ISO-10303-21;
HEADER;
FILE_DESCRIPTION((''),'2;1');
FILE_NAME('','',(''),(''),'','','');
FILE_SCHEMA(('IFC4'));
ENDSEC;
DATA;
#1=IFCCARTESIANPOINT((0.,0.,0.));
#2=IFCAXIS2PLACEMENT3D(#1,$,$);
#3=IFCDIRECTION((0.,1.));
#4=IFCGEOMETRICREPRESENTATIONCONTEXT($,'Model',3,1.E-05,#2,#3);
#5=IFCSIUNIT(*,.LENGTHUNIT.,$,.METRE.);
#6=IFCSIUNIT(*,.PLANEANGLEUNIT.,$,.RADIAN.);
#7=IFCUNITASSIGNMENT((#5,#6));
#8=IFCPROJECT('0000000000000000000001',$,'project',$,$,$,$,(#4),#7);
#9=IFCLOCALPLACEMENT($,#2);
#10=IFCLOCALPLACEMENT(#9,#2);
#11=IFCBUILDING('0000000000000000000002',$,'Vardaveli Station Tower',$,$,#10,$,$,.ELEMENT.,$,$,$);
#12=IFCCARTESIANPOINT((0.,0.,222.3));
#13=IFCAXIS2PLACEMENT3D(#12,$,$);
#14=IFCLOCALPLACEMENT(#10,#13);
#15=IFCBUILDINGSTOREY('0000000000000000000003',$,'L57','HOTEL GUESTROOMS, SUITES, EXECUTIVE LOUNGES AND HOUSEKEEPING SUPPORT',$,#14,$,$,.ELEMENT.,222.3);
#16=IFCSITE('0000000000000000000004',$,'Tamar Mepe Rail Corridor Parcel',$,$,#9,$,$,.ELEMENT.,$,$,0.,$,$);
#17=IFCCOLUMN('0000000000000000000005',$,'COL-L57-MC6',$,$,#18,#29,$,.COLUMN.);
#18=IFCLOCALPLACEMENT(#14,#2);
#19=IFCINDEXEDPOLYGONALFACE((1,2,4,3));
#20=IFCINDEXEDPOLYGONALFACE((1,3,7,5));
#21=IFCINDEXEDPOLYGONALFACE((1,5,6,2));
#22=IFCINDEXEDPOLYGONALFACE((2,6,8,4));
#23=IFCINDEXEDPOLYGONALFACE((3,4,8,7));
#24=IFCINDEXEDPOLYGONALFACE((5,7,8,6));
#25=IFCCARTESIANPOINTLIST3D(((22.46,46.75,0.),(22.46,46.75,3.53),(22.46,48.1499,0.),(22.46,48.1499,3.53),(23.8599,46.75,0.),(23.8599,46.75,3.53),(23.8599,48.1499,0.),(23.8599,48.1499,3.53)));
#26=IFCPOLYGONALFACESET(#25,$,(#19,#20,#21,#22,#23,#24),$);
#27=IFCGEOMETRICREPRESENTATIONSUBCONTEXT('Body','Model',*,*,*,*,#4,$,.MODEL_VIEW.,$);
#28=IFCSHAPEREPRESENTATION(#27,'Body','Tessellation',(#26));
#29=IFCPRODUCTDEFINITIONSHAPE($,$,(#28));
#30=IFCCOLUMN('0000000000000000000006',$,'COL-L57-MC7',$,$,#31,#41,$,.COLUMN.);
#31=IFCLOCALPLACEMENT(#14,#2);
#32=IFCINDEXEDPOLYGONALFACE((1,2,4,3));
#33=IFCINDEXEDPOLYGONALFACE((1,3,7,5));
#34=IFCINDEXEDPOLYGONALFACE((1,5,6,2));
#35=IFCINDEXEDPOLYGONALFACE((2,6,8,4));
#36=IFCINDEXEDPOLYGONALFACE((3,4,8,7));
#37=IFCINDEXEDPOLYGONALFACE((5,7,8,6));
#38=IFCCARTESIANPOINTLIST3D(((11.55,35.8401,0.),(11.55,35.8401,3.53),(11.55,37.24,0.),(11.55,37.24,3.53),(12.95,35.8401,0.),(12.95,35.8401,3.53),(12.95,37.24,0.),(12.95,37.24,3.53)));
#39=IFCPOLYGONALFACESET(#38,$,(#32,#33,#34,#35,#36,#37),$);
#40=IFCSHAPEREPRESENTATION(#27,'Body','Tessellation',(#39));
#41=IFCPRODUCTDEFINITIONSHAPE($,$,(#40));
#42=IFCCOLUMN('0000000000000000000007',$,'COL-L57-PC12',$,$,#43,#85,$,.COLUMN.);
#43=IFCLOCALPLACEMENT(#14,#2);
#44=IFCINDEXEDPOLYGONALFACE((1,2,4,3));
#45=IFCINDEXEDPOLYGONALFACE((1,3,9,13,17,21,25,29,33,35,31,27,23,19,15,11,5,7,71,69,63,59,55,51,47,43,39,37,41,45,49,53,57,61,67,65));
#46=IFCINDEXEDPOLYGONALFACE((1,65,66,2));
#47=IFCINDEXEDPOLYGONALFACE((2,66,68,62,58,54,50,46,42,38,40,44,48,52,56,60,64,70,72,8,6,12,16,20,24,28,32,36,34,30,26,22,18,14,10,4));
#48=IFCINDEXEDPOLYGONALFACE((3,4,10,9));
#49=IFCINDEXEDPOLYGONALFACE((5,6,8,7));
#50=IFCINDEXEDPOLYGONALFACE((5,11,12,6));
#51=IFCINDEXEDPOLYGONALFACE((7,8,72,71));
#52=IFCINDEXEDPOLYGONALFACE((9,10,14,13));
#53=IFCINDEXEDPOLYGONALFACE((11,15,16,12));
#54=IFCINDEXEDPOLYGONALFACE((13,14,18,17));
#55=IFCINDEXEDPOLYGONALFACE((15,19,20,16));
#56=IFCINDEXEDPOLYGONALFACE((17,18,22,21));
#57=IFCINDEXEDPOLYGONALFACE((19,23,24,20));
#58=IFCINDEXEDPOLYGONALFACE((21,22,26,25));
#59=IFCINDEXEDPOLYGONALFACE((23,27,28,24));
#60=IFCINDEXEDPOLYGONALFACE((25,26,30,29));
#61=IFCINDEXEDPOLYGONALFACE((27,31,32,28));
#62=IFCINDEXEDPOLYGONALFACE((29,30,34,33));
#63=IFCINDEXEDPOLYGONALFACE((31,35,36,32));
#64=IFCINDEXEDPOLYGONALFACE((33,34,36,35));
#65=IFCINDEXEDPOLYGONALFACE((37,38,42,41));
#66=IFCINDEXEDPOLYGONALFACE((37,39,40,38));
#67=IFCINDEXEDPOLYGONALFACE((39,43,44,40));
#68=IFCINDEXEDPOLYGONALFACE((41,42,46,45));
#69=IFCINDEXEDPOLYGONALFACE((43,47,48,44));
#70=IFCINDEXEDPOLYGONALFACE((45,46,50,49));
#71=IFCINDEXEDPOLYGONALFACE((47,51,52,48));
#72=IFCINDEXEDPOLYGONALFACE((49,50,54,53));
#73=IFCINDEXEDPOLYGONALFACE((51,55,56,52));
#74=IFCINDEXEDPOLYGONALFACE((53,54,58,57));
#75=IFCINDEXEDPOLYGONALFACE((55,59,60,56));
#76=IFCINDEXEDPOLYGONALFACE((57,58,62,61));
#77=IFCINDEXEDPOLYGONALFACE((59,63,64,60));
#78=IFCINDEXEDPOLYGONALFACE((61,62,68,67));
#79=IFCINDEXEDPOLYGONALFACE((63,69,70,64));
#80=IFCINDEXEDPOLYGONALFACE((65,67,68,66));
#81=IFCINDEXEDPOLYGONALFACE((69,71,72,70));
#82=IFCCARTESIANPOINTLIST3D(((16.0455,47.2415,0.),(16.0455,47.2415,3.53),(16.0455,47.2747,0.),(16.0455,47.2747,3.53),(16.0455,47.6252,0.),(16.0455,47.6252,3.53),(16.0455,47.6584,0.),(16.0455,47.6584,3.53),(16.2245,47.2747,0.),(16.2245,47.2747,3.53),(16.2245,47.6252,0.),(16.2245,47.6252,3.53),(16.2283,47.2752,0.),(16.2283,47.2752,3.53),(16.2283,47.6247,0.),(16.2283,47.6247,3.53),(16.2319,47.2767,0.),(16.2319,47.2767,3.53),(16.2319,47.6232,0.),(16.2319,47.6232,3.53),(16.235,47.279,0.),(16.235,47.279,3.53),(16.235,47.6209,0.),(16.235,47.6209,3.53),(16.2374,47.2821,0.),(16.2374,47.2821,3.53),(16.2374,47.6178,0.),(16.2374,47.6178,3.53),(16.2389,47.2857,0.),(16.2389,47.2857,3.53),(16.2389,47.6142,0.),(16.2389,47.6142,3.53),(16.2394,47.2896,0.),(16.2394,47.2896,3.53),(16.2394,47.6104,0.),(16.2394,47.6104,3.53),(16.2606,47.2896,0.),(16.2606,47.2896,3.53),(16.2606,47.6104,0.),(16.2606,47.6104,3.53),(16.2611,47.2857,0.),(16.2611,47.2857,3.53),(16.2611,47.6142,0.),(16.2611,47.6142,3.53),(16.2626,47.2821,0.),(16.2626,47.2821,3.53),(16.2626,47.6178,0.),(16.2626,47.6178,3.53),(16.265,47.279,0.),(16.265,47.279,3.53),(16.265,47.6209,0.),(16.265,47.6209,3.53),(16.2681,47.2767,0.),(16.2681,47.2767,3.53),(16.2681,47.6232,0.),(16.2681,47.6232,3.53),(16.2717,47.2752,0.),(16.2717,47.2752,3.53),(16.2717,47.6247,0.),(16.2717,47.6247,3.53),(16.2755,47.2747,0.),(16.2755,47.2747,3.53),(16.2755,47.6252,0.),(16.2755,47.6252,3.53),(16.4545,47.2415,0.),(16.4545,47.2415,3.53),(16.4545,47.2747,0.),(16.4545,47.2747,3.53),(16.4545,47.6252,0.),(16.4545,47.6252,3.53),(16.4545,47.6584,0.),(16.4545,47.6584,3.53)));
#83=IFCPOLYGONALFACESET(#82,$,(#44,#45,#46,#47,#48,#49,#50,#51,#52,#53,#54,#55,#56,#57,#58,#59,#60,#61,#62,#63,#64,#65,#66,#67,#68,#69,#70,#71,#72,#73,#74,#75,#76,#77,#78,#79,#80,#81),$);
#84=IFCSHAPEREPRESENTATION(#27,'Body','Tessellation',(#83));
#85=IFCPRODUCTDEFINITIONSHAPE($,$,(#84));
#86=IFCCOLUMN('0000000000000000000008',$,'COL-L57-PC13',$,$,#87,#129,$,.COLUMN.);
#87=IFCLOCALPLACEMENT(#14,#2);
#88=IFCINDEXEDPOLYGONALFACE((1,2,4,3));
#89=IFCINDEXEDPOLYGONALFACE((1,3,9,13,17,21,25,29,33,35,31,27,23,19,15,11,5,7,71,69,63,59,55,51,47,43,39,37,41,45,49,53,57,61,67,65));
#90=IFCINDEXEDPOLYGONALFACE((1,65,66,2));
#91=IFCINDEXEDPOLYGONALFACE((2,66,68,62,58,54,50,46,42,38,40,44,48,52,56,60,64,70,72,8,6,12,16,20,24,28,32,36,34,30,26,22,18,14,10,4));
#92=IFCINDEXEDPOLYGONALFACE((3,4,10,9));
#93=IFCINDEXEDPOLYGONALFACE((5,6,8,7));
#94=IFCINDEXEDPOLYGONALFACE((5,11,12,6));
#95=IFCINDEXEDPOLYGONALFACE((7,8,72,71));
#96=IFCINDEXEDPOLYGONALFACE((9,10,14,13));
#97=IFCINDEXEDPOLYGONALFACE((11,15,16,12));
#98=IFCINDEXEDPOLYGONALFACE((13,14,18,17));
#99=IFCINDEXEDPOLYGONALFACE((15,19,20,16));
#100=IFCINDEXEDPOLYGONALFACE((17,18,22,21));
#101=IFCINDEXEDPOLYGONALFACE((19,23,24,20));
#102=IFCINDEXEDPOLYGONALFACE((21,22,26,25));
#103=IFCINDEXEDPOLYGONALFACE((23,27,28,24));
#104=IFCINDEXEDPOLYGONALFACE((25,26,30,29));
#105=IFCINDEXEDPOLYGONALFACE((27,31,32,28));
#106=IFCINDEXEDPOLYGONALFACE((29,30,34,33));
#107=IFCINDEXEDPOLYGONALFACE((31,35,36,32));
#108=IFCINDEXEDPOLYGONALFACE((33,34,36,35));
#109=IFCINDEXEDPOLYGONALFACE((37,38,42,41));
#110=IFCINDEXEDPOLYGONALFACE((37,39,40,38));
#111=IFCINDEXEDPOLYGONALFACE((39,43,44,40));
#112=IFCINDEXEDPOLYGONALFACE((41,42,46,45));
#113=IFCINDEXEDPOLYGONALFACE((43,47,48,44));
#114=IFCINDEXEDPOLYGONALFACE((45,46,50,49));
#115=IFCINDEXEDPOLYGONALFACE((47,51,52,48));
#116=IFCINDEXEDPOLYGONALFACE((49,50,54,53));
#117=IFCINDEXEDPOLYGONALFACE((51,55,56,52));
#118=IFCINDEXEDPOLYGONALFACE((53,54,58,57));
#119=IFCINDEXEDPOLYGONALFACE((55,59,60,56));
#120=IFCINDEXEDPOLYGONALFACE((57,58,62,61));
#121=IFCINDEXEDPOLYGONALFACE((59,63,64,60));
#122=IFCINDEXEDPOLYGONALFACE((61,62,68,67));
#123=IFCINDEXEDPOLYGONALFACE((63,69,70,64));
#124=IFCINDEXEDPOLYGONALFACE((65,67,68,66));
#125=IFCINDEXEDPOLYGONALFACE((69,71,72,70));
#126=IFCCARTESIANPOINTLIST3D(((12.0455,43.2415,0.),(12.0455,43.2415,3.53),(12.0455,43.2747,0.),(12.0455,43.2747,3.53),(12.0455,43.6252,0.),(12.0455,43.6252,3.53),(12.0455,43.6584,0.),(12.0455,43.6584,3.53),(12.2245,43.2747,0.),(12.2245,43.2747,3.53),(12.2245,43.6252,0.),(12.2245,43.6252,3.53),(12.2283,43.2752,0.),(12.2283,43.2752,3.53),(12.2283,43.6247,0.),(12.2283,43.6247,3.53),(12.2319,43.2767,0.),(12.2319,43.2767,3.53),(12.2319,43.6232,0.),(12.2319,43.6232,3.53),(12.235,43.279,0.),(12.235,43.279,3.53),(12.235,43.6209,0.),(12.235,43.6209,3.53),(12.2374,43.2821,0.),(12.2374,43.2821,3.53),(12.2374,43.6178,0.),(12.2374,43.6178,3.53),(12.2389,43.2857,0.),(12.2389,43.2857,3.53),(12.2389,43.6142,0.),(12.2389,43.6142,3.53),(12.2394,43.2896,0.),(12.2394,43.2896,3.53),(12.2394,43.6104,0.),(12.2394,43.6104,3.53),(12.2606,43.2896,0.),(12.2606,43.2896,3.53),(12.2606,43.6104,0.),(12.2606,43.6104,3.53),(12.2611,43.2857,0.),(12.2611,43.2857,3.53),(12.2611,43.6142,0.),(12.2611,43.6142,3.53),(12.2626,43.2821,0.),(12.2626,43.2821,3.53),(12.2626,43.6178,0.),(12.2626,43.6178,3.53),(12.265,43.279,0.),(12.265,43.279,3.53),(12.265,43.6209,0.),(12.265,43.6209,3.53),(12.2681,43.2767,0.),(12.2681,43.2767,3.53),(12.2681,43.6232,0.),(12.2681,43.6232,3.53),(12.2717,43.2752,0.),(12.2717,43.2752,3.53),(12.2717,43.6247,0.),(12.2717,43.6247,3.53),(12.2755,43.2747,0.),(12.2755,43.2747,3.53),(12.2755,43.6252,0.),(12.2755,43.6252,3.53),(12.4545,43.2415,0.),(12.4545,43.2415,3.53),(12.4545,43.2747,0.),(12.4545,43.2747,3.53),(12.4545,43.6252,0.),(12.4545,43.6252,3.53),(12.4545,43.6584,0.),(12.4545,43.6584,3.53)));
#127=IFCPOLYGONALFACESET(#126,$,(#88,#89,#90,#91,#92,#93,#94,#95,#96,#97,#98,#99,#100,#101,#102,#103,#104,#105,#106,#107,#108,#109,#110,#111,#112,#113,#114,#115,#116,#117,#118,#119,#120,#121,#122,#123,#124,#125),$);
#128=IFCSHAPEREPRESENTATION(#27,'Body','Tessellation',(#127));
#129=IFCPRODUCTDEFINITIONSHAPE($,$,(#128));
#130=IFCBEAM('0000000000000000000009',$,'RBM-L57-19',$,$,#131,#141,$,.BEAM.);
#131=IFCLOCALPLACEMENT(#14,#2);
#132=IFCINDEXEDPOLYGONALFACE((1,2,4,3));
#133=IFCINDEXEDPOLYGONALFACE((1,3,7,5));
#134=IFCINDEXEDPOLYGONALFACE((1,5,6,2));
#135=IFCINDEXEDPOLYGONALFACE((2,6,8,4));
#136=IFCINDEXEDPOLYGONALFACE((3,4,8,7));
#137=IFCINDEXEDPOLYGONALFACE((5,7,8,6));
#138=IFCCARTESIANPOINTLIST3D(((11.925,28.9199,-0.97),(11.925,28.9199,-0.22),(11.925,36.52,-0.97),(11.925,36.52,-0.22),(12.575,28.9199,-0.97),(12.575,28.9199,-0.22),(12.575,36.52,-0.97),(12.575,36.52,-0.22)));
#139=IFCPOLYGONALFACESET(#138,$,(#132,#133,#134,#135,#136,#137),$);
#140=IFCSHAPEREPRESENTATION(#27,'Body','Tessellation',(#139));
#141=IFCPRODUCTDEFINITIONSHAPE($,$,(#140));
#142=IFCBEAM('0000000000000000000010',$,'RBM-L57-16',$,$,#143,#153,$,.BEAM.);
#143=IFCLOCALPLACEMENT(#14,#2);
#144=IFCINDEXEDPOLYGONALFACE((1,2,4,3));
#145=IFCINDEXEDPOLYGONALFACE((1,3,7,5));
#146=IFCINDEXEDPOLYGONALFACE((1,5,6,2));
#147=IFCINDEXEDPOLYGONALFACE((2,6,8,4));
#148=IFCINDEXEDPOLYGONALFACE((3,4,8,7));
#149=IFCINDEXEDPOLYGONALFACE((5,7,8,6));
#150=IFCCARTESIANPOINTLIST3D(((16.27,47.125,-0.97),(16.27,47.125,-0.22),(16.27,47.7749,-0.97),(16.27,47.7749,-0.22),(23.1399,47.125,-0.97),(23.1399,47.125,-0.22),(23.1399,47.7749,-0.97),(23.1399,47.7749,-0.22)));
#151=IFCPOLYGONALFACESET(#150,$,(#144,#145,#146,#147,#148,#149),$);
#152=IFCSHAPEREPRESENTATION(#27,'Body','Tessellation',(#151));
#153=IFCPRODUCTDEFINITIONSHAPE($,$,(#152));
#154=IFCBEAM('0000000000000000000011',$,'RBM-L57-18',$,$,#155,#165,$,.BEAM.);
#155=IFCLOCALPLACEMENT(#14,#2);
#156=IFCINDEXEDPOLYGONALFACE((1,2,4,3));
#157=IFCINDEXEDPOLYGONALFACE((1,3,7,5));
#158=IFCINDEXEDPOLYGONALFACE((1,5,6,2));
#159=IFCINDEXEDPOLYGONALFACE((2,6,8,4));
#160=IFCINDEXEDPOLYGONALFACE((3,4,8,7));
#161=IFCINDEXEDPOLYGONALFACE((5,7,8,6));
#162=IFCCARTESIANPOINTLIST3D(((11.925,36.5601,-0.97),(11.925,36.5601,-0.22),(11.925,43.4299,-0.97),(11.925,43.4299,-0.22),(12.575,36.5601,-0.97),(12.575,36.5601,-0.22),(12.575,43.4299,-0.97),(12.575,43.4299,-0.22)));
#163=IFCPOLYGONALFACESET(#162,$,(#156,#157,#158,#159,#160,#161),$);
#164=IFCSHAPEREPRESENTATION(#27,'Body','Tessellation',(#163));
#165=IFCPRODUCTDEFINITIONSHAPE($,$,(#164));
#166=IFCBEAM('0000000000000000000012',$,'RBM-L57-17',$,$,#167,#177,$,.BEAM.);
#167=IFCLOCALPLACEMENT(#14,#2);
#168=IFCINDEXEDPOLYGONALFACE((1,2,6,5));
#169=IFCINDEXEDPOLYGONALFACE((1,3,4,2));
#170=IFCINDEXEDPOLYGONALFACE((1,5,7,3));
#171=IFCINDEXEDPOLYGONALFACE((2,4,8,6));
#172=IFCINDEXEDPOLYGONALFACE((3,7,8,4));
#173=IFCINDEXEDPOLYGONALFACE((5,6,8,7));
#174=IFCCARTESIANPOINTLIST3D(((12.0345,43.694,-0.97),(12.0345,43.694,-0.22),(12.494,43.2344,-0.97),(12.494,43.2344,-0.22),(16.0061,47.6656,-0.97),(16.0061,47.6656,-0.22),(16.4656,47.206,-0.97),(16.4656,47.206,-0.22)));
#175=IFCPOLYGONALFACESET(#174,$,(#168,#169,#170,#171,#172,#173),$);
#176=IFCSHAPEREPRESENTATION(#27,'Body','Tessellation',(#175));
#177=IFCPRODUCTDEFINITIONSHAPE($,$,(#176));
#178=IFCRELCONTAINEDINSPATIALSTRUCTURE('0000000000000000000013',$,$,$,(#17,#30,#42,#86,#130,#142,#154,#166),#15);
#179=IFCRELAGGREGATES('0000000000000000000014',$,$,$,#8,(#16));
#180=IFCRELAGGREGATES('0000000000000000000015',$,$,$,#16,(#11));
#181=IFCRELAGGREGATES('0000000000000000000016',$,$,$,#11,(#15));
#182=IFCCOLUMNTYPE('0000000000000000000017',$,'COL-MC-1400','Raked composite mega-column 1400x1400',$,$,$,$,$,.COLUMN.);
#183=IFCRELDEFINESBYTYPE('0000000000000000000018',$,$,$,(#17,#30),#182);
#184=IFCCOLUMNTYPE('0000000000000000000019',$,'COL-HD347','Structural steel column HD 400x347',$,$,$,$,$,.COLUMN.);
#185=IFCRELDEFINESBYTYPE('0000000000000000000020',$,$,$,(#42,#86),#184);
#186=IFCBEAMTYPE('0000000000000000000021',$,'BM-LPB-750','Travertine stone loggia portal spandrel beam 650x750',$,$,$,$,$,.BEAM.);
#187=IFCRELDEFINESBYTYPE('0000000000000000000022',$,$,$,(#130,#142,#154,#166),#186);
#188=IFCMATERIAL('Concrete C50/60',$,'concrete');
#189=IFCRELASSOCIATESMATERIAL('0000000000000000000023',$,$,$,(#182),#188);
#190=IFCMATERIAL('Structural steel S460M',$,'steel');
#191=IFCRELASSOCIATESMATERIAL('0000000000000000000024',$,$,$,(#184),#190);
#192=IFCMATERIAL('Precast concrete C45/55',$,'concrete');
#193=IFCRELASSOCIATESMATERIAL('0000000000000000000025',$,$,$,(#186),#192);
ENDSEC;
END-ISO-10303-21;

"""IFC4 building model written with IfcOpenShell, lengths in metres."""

from ifc_helpers import new_model, si_unit, direction, frame, origin, origin_2d, place, context, subcontext, project, spatial, rectangle, i_section, extrude, source, transform, mapped, material, material_profile, profile_set, type_object, element, save


model = new_model("IFC4")

# Units and contexts
model_context = context("Model", 3, precision=1e-05, world=origin(), true_north=direction((0.0, 1.0)))
body_context = subcontext(model_context, "Body", "Model", "MODEL_VIEW")
ifc_project = project(units=[si_unit("LENGTHUNIT", "METRE"), si_unit("PLANEANGLEUNIT", "RADIAN")], contexts=[model_context])

# Site, building, storey
site_placement = place(None, origin())
site = spatial("IfcSite", under=ifc_project, at=site_placement, Name="Tamar Mepe Rail Corridor Parcel", CompositionType="ELEMENT", RefElevation=0.0)
building_placement = place(site_placement, origin())
building = spatial("IfcBuilding", under=site, at=building_placement, Name="Vardaveli Station Tower", CompositionType="ELEMENT")
storey_placement = place(building_placement, frame((0.0, 0.0, 222.3)))
storey = spatial("IfcBuildingStorey", under=building, at=storey_placement, Name="L57", Description="HOTEL GUESTROOMS, SUITES, EXECUTIVE LOUNGES AND HOUSEKEEPING SUPPORT", CompositionType="ELEMENT", Elevation=222.3)

# Columns
ifc_material_1 = material(Name="Concrete C50/60", Category="concrete")
ifc_material_profile_1 = material_profile(ifc_material_1, rectangle(XDim=1.3999, YDim=1.3999, at=origin_2d()), Name="MC 1400x1400")
ifc_profile_set_1 = profile_set([ifc_material_profile_1], Name="Concrete C50/60")
column_type_1 = type_object("IfcColumnType", Name="COL-MC-1400", Description="Raked composite mega-column 1400x1400", PredefinedType="COLUMN", material=ifc_profile_set_1)
shared_shape_1 = source(origin(), body_context, "Body", "SweptSolid", [
    extrude(rectangle(XDim=1.3999, YDim=1.3999, at=origin_2d()), origin(), (0.0, 0.0, 1.0), 3.53),
])
for number, where, z_axis, x_axis, name in (
    (1, (23.1599, 47.45, 0.0), (0.0, 0.0, 1.0), (1.0, 0.0, 0.0), "COL-L57-MC6"),
    (2, (12.25, 36.54, 0.0), (0.0, 0.0, 1.0), (1.0, 0.0, 0.0), "COL-L57-MC7"),
):
    element("IfcColumn", number, at=place(storey_placement, frame(where, z_axis=z_axis, x_axis=x_axis)), inside=storey, type_object=column_type_1, Name=name, PredefinedType="COLUMN", context=body_context, shape_type="MappedRepresentation", body=[
        mapped(shared_shape_1, transform((0.0, 0.0, 0.0), scale=1.0)),
    ])
ifc_material_2 = material(Name="Structural steel S460M", Category="steel")
ifc_material_profile_2 = material_profile(ifc_material_2, i_section(OverallWidth=0.4089, OverallDepth=0.417, WebThickness=0.0212, FlangeThickness=0.0332, FilletRadius=0.0149, at=origin_2d()), Name="HD 400x347")
ifc_profile_set_2 = profile_set([ifc_material_profile_2], Name="Structural steel S460M")
column_type_2 = type_object("IfcColumnType", Name="COL-HD347", Description="Structural steel column HD 400x347", PredefinedType="COLUMN", material=ifc_profile_set_2)
shared_shape_2 = source(origin(), body_context, "Body", "SweptSolid", [
    extrude(i_section(OverallWidth=0.4089, OverallDepth=0.417, WebThickness=0.0212, FlangeThickness=0.0332, FilletRadius=0.0149, at=origin_2d()), origin(), (0.0, 0.0, 1.0), 3.53),
])
for number, where, z_axis, x_axis, name in (
    (3, (16.25, 47.45, 0.0), (0.0, 0.0, 1.0), (1.0, 0.0, 0.0), "COL-L57-PC12"),
    (4, (12.25, 43.45, 0.0), (0.0, 0.0, 1.0), (1.0, 0.0, 0.0), "COL-L57-PC13"),
):
    element("IfcColumn", number, at=place(storey_placement, frame(where, z_axis=z_axis, x_axis=x_axis)), inside=storey, type_object=column_type_2, Name=name, PredefinedType="COLUMN", context=body_context, shape_type="MappedRepresentation", body=[
        mapped(shared_shape_2, transform((0.0, 0.0, 0.0), scale=1.0)),
    ])

# Beams
ifc_material_3 = material(Name="Precast concrete C45/55", Category="concrete")
ifc_material_profile_3 = material_profile(ifc_material_3, rectangle(XDim=0.6499, YDim=0.75, at=origin_2d()), Name="LPB 650x750")
ifc_profile_set_3 = profile_set([ifc_material_profile_3], Name="Precast concrete C45/55")
beam_type_1 = type_object("IfcBeamType", Name="BM-LPB-750", Description="Travertine stone loggia portal spandrel beam 650x750", PredefinedType="BEAM", material=ifc_profile_set_3)
shared_shape_3 = source(origin(), body_context, "Body", "SweptSolid", [
    extrude(rectangle(XDim=0.6499, YDim=0.75, at=origin_2d()), origin(), (0.0, 0.0, 1.0), 7.6001),
])
beam_1_placement = place(storey_placement, frame((12.25, 36.52, -0.595), z_axis=(0.0, -1.0, 0.0), x_axis=(1.0, 0.0, 0.0)))
element("IfcBeam", 5, at=beam_1_placement, inside=storey, type_object=beam_type_1, Name="RBM-L57-19", PredefinedType="BEAM", context=body_context, shape_type="MappedRepresentation", body=[
    mapped(shared_shape_3, transform((0.0, 0.0, 0.0), scale=1.0)),
])
shared_shape_4 = source(origin(), body_context, "Body", "SweptSolid", [
    extrude(rectangle(XDim=0.6499, YDim=0.75, at=origin_2d()), origin(), (0.0, 0.0, 1.0), 6.8699),
])
for number, where, z_axis, x_axis, name in (
    (6, (23.1399, 47.45, -0.595), (-1.0, 0.0, 0.0), (0.0, -1.0, 0.0), "RBM-L57-16"),
    (7, (12.25, 43.4299, -0.595), (0.0, -1.0, 0.0), (1.0, 0.0, 0.0), "RBM-L57-18"),
):
    element("IfcBeam", number, at=place(storey_placement, frame(where, z_axis=z_axis, x_axis=x_axis)), inside=storey, type_object=beam_type_1, Name=name, PredefinedType="BEAM", context=body_context, shape_type="MappedRepresentation", body=[
        mapped(shared_shape_4, transform((0.0, 0.0, 0.0), scale=1.0)),
    ])
shared_shape_5 = source(origin(), body_context, "Body", "SweptSolid", [
    extrude(rectangle(XDim=0.6499, YDim=0.75, at=origin_2d()), origin(), (0.0, 0.0, 1.0), 5.6167),
])
beam_2_placement = place(storey_placement, frame((16.2358, 47.4358, -0.595), z_axis=(-0.707107, -0.707107, 0.0), x_axis=(0.707107, -0.707107, 0.0)))
element("IfcBeam", 8, at=beam_2_placement, inside=storey, type_object=beam_type_1, Name="RBM-L57-17", PredefinedType="BEAM", context=body_context, shape_type="MappedRepresentation", body=[
    mapped(shared_shape_5, transform((0.0, 0.0, 0.0), scale=1.0)),
])

save(model, "model.ifc")
